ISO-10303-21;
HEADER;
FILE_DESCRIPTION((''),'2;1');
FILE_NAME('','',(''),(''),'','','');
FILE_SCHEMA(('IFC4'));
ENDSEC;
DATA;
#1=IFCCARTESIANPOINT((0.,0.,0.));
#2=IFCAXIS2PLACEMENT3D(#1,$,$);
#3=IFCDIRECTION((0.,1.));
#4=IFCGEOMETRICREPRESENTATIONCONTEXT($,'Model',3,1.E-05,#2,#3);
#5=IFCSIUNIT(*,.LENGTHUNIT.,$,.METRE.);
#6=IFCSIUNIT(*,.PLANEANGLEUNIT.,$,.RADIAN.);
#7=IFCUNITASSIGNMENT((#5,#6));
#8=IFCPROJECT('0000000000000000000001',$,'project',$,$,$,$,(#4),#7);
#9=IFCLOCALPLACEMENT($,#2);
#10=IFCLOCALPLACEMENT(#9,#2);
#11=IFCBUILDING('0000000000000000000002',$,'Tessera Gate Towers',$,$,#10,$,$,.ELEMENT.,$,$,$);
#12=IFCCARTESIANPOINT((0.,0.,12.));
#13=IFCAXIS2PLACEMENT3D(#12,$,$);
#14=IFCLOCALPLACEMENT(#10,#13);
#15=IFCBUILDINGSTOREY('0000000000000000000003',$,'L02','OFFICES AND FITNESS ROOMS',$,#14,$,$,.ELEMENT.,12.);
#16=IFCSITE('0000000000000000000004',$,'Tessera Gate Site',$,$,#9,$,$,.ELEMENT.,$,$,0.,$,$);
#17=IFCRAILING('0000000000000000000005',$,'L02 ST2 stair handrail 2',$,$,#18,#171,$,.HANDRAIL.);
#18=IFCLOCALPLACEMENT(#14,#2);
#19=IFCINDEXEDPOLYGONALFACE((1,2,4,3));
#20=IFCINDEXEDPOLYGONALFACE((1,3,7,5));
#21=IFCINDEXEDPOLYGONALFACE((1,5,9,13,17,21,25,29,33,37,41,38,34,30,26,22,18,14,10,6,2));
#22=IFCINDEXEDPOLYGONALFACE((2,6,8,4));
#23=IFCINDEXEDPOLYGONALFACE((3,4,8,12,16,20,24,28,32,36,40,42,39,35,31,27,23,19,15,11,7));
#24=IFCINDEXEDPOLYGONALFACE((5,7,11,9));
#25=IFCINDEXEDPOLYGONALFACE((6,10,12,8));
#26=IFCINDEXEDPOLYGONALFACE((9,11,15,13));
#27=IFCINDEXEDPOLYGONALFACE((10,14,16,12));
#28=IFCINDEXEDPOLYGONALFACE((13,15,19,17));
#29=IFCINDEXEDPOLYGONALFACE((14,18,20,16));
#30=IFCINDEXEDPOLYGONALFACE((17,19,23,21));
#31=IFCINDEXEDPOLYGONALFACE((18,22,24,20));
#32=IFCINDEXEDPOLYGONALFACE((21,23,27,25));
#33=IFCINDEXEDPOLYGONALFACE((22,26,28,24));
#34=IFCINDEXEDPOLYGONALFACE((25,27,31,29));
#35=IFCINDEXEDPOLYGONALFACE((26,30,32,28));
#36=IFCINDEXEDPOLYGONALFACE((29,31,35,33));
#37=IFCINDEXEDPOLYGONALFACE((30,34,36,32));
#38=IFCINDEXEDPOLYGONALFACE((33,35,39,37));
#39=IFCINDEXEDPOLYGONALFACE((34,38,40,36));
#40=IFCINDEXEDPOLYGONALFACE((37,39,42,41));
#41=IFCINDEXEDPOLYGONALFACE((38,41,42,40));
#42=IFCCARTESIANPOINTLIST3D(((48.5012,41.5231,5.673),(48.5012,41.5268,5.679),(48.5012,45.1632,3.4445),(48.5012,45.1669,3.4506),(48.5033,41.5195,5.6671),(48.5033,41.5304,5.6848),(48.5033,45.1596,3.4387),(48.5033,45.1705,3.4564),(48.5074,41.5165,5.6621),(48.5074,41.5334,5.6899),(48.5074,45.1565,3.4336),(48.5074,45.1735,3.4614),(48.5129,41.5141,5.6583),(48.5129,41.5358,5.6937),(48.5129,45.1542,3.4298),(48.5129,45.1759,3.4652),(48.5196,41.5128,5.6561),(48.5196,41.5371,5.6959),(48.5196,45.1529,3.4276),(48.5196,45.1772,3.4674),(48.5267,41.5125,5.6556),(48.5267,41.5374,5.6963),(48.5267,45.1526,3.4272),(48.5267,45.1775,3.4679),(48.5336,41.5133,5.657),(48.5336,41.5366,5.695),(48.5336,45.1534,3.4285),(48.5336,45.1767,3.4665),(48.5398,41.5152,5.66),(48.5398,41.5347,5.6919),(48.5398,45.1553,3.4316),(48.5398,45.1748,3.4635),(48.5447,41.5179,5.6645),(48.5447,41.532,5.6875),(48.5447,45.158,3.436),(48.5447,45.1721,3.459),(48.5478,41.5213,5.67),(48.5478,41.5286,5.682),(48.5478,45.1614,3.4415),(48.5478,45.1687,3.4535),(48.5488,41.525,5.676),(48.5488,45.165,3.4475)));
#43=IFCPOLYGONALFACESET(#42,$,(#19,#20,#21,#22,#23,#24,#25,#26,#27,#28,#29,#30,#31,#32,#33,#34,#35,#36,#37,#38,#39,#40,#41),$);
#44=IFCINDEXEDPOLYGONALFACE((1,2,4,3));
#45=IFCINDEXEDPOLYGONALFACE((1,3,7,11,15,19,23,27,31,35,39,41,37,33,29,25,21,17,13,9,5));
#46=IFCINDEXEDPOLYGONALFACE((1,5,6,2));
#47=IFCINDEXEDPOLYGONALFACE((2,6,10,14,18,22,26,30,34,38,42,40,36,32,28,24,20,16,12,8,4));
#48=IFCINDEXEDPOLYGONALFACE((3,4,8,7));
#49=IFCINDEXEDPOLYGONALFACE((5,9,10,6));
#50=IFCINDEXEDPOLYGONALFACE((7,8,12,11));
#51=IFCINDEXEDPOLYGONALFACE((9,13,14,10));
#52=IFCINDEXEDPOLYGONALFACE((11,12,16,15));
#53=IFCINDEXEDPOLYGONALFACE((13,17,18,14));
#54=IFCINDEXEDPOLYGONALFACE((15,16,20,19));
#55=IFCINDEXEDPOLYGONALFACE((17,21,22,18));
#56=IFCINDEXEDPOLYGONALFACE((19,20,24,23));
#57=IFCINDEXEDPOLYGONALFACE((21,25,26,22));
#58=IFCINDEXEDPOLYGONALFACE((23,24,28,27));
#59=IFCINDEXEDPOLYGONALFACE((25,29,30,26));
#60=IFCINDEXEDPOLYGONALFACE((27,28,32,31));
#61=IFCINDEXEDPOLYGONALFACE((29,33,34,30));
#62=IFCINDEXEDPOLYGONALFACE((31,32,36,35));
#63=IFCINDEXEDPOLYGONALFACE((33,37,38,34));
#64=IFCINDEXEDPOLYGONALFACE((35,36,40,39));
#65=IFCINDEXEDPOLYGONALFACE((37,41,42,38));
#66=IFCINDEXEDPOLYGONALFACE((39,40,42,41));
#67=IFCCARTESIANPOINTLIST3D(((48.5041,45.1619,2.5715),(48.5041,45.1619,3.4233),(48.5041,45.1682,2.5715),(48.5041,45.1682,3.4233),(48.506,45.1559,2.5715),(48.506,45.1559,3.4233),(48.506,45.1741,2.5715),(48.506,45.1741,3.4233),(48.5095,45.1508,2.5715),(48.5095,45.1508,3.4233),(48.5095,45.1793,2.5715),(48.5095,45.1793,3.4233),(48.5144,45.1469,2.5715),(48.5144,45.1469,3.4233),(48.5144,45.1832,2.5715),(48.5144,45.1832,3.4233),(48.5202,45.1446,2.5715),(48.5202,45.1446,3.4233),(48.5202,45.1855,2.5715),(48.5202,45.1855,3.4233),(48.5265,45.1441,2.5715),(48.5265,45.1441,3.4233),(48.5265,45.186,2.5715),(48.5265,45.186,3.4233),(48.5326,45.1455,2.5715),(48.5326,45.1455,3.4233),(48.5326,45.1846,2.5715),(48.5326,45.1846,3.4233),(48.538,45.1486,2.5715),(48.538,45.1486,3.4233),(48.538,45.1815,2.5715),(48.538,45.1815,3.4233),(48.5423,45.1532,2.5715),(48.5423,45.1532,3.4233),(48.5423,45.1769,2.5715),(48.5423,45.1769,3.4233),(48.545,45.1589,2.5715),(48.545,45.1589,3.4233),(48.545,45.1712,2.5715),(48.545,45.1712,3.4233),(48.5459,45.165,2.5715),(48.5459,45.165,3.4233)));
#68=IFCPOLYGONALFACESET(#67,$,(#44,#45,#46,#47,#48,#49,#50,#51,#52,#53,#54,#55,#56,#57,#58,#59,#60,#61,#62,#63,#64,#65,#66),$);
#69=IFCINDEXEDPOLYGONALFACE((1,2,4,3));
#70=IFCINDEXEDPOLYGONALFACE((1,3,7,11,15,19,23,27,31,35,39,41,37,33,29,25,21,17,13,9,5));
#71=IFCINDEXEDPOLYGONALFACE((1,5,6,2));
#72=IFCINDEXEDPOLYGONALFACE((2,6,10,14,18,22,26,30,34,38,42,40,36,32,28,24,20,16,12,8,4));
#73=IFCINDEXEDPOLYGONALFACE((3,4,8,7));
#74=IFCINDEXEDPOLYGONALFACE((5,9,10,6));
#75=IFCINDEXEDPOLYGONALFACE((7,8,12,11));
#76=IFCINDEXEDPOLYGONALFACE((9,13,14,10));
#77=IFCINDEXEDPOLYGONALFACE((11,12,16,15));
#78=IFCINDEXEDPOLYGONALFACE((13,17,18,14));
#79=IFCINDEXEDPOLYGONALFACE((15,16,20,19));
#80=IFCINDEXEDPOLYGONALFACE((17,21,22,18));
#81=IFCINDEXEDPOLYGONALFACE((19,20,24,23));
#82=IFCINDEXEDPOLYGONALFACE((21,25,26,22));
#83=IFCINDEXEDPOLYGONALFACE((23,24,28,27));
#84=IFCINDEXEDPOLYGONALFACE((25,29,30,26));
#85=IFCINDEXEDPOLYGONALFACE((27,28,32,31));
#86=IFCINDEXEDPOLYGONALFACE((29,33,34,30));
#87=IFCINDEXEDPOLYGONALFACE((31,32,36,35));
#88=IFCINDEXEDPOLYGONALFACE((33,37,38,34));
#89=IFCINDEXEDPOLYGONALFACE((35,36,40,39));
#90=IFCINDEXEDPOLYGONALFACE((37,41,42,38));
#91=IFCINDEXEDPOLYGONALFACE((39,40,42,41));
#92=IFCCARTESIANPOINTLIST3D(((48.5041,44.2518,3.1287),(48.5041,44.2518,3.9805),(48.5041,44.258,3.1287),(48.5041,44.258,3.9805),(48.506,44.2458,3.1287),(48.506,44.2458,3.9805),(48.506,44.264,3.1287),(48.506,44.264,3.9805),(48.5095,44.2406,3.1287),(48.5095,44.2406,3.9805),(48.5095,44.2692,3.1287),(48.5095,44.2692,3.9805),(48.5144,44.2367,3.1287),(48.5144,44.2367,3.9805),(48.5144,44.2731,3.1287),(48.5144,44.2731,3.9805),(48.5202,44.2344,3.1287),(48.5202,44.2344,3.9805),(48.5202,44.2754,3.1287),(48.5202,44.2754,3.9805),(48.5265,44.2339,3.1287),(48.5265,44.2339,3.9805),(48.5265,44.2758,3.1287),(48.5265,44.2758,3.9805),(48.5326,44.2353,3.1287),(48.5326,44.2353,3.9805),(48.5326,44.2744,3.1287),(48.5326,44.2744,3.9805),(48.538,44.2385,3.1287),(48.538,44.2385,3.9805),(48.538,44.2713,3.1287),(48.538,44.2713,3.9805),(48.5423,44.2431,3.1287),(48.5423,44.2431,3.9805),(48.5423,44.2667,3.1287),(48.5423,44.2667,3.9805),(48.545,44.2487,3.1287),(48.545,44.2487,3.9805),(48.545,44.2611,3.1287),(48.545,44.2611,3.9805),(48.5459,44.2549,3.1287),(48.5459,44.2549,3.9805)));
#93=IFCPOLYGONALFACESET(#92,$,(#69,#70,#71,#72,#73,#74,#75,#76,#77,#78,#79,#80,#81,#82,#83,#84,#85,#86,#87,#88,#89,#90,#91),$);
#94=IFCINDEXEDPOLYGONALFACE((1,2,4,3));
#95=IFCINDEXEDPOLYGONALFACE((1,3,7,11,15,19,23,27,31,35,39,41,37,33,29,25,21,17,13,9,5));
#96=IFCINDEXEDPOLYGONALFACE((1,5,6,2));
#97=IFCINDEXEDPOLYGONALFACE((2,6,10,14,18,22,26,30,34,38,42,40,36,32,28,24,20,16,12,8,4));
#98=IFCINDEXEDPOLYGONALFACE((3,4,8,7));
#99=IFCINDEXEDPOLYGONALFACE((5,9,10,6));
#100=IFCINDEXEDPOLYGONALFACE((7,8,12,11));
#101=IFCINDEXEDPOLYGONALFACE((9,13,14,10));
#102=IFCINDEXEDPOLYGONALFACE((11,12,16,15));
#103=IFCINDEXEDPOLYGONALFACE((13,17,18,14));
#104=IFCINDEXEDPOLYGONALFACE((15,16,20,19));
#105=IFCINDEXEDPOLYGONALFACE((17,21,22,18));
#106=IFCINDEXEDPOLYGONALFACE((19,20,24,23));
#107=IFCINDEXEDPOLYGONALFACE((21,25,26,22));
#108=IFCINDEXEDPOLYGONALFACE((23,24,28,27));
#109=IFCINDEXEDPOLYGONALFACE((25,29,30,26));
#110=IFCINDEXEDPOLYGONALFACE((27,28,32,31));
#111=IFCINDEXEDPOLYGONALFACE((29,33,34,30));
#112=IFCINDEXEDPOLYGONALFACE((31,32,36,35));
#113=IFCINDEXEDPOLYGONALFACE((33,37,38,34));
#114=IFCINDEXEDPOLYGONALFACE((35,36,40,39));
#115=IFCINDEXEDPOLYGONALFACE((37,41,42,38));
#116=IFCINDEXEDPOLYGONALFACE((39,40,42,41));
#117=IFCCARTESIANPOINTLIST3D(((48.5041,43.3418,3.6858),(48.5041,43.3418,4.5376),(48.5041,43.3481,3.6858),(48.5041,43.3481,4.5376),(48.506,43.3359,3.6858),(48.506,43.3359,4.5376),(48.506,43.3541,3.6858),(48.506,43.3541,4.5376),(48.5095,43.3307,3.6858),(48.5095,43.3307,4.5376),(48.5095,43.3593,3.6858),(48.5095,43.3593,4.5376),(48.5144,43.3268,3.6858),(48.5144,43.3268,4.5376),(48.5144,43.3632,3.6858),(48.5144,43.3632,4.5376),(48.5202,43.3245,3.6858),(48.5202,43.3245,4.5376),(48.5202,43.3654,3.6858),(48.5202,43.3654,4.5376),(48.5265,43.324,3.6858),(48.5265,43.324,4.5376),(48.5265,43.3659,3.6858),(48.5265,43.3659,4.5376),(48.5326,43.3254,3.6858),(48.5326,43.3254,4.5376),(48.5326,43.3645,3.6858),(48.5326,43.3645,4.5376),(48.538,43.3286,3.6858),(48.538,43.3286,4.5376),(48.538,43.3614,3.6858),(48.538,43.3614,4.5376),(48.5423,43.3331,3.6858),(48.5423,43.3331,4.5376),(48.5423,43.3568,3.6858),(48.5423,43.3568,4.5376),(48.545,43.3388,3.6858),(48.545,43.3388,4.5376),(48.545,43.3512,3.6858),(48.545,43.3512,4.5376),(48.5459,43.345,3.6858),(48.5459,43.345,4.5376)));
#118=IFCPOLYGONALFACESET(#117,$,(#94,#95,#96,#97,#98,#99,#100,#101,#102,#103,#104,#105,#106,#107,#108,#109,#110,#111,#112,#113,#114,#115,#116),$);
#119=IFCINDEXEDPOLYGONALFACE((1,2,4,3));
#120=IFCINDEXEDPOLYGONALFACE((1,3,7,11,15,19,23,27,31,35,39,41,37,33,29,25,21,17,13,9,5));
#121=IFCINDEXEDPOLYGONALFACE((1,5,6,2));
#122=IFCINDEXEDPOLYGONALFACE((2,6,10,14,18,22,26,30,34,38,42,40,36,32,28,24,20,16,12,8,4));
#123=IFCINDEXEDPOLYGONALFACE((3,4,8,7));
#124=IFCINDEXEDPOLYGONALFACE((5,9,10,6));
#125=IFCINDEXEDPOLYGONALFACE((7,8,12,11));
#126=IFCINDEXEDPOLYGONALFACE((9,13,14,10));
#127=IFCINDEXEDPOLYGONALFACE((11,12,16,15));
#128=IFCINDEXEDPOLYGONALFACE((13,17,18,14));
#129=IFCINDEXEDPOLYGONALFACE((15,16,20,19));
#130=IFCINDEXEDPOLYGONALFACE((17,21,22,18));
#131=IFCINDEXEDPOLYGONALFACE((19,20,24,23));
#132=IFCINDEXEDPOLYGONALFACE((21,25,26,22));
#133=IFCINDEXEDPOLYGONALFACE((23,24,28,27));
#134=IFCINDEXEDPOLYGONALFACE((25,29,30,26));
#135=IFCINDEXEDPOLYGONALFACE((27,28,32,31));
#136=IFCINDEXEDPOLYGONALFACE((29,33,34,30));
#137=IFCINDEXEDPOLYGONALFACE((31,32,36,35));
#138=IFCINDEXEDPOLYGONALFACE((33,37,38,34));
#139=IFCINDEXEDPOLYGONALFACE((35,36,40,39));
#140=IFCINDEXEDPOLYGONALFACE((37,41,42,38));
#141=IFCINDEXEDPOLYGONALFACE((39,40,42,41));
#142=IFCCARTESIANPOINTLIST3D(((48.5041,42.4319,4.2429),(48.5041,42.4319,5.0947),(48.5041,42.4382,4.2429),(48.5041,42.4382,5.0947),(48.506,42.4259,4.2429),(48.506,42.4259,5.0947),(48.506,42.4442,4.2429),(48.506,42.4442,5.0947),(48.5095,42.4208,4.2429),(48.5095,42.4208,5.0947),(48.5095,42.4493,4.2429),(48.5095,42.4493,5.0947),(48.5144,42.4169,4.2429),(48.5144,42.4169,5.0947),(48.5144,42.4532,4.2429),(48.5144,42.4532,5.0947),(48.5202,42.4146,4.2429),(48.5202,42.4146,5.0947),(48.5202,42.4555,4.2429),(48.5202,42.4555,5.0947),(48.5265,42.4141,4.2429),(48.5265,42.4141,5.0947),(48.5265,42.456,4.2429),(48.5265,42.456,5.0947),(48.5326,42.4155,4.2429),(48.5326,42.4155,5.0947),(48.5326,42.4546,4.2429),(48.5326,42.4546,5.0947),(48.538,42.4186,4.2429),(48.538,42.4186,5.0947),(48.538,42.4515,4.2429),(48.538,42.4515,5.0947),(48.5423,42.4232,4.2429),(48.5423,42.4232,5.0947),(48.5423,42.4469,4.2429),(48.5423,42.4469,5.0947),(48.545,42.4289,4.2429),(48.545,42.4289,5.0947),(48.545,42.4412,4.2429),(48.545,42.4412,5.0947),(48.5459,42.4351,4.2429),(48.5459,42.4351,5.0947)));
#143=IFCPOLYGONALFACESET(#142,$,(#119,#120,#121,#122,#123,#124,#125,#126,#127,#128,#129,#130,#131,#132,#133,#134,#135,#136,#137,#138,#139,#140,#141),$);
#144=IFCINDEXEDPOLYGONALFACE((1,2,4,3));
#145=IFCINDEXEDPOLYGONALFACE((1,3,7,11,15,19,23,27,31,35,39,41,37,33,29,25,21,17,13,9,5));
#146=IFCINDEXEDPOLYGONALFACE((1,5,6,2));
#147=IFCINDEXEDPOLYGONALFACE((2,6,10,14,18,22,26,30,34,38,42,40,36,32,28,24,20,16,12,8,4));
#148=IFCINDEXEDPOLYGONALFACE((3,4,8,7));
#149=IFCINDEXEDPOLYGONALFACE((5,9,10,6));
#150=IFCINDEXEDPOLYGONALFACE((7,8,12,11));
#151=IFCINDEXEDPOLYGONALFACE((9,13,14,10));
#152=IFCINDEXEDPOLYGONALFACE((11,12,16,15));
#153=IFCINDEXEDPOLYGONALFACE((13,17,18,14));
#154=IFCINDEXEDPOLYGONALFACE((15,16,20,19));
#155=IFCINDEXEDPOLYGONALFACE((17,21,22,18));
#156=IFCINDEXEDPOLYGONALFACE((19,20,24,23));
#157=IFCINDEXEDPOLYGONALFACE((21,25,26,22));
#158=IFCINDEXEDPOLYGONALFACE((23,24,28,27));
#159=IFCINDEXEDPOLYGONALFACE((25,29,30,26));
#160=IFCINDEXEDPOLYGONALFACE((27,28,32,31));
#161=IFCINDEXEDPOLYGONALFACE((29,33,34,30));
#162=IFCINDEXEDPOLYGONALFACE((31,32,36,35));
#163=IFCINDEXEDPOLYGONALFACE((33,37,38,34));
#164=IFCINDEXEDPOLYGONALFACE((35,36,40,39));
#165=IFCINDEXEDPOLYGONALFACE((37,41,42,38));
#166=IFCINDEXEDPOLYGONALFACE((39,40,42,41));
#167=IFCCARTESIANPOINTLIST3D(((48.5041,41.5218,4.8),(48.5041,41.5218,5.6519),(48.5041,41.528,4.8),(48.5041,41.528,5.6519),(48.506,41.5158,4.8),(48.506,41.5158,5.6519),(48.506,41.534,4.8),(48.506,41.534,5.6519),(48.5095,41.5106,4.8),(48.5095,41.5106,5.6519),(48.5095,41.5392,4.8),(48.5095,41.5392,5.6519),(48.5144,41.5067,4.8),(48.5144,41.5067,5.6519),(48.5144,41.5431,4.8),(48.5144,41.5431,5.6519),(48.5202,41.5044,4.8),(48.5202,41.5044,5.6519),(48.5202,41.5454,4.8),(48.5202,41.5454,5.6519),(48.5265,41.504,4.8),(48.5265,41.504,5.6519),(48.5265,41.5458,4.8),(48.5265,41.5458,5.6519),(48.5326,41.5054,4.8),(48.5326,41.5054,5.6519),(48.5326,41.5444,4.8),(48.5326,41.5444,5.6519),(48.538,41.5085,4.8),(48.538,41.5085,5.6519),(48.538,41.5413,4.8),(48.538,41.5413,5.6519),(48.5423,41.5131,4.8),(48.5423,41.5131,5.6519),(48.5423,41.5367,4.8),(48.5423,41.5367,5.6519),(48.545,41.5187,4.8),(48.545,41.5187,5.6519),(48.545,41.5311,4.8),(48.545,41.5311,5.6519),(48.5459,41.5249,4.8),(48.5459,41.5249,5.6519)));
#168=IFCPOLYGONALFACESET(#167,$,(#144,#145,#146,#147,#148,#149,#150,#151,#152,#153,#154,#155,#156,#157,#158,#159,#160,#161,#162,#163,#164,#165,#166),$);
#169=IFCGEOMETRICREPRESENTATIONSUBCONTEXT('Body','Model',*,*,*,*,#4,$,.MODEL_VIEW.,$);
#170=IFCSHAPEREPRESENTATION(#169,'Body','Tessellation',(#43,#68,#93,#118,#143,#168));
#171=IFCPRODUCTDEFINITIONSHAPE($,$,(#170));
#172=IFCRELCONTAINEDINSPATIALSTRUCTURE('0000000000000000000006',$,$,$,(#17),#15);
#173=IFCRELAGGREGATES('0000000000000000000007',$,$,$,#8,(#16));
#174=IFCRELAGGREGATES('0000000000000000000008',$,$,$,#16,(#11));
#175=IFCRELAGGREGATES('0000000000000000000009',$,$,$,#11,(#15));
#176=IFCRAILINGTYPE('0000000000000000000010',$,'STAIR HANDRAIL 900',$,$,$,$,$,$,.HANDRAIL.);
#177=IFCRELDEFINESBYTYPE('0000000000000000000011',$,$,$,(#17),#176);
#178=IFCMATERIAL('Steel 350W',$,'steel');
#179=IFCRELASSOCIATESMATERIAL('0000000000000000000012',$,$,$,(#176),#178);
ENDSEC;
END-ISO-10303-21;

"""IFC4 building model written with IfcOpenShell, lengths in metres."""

from ifc_helpers import new_model, si_unit, direction, frame, origin, origin_2d, place, context, subcontext, project, spatial, circle, extrude, material, type_object, element, save


model = new_model("IFC4")

# Units and contexts
model_context = context("Model", 3, precision=1e-05, world=origin(), true_north=direction((0.0, 1.0)))
body_context = subcontext(model_context, "Body", "Model", "MODEL_VIEW")
ifc_project = project(units=[si_unit("LENGTHUNIT", "METRE"), si_unit("PLANEANGLEUNIT", "RADIAN")], contexts=[model_context])

# Site, building, storey
site_placement = place(None, origin())
site = spatial("IfcSite", under=ifc_project, at=site_placement, Name="Tessera Gate Site", CompositionType="ELEMENT", RefElevation=0.0)
building_placement = place(site_placement, origin())
building = spatial("IfcBuilding", under=site, at=building_placement, Name="Tessera Gate Towers", CompositionType="ELEMENT")
storey_placement = place(building_placement, frame((0.0, 0.0, 12.0)))
storey = spatial("IfcBuildingStorey", under=building, at=storey_placement, Name="L02", Description="OFFICES AND FITNESS ROOMS", CompositionType="ELEMENT", Elevation=12.0)

# Railing
ifc_material_1 = material(Name="Steel 350W", Category="steel")
railing_type_1 = type_object("IfcRailingType", Name="STAIR HANDRAIL 900", PredefinedType="HANDRAIL", material=ifc_material_1)
railing_1_placement = place(storey_placement, frame((48.5249, 45.165, 2.5715)))
element("IfcRailing", 1, at=railing_1_placement, inside=storey, type_object=railing_type_1, Name="L02 ST2 stair handrail 2", PredefinedType="HANDRAIL", context=body_context, shape_type="SweptSolid", body=[
    extrude(circle(Radius=0.0239, at=origin_2d()), frame((0.0, 0.0, 0.876), z_axis=(0.0, -0.852866, 0.52213), x_axis=(1.0, 0.0, 0.0)), (0.0, 0.0, 1.0), 4.2681),
    extrude(circle(Radius=0.021, at=origin_2d()), origin(), (0.0, 0.0, 1.0), 0.8518),
    extrude(circle(Radius=0.021, at=origin_2d()), frame((0.0, -0.9102, 0.5571)), (0.0, 0.0, 1.0), 0.8518),
    extrude(circle(Radius=0.021, at=origin_2d()), frame((0.0, -1.8201, 1.1143)), (0.0, 0.0, 1.0), 0.8518),
    extrude(circle(Radius=0.021, at=origin_2d()), frame((0.0, -2.73, 1.6714)), (0.0, 0.0, 1.0), 0.8518),
    extrude(circle(Radius=0.021, at=origin_2d()), frame((0.0, -3.6401, 2.2285)), (0.0, 0.0, 1.0), 0.8518),
])

save(model, "model.ifc")
